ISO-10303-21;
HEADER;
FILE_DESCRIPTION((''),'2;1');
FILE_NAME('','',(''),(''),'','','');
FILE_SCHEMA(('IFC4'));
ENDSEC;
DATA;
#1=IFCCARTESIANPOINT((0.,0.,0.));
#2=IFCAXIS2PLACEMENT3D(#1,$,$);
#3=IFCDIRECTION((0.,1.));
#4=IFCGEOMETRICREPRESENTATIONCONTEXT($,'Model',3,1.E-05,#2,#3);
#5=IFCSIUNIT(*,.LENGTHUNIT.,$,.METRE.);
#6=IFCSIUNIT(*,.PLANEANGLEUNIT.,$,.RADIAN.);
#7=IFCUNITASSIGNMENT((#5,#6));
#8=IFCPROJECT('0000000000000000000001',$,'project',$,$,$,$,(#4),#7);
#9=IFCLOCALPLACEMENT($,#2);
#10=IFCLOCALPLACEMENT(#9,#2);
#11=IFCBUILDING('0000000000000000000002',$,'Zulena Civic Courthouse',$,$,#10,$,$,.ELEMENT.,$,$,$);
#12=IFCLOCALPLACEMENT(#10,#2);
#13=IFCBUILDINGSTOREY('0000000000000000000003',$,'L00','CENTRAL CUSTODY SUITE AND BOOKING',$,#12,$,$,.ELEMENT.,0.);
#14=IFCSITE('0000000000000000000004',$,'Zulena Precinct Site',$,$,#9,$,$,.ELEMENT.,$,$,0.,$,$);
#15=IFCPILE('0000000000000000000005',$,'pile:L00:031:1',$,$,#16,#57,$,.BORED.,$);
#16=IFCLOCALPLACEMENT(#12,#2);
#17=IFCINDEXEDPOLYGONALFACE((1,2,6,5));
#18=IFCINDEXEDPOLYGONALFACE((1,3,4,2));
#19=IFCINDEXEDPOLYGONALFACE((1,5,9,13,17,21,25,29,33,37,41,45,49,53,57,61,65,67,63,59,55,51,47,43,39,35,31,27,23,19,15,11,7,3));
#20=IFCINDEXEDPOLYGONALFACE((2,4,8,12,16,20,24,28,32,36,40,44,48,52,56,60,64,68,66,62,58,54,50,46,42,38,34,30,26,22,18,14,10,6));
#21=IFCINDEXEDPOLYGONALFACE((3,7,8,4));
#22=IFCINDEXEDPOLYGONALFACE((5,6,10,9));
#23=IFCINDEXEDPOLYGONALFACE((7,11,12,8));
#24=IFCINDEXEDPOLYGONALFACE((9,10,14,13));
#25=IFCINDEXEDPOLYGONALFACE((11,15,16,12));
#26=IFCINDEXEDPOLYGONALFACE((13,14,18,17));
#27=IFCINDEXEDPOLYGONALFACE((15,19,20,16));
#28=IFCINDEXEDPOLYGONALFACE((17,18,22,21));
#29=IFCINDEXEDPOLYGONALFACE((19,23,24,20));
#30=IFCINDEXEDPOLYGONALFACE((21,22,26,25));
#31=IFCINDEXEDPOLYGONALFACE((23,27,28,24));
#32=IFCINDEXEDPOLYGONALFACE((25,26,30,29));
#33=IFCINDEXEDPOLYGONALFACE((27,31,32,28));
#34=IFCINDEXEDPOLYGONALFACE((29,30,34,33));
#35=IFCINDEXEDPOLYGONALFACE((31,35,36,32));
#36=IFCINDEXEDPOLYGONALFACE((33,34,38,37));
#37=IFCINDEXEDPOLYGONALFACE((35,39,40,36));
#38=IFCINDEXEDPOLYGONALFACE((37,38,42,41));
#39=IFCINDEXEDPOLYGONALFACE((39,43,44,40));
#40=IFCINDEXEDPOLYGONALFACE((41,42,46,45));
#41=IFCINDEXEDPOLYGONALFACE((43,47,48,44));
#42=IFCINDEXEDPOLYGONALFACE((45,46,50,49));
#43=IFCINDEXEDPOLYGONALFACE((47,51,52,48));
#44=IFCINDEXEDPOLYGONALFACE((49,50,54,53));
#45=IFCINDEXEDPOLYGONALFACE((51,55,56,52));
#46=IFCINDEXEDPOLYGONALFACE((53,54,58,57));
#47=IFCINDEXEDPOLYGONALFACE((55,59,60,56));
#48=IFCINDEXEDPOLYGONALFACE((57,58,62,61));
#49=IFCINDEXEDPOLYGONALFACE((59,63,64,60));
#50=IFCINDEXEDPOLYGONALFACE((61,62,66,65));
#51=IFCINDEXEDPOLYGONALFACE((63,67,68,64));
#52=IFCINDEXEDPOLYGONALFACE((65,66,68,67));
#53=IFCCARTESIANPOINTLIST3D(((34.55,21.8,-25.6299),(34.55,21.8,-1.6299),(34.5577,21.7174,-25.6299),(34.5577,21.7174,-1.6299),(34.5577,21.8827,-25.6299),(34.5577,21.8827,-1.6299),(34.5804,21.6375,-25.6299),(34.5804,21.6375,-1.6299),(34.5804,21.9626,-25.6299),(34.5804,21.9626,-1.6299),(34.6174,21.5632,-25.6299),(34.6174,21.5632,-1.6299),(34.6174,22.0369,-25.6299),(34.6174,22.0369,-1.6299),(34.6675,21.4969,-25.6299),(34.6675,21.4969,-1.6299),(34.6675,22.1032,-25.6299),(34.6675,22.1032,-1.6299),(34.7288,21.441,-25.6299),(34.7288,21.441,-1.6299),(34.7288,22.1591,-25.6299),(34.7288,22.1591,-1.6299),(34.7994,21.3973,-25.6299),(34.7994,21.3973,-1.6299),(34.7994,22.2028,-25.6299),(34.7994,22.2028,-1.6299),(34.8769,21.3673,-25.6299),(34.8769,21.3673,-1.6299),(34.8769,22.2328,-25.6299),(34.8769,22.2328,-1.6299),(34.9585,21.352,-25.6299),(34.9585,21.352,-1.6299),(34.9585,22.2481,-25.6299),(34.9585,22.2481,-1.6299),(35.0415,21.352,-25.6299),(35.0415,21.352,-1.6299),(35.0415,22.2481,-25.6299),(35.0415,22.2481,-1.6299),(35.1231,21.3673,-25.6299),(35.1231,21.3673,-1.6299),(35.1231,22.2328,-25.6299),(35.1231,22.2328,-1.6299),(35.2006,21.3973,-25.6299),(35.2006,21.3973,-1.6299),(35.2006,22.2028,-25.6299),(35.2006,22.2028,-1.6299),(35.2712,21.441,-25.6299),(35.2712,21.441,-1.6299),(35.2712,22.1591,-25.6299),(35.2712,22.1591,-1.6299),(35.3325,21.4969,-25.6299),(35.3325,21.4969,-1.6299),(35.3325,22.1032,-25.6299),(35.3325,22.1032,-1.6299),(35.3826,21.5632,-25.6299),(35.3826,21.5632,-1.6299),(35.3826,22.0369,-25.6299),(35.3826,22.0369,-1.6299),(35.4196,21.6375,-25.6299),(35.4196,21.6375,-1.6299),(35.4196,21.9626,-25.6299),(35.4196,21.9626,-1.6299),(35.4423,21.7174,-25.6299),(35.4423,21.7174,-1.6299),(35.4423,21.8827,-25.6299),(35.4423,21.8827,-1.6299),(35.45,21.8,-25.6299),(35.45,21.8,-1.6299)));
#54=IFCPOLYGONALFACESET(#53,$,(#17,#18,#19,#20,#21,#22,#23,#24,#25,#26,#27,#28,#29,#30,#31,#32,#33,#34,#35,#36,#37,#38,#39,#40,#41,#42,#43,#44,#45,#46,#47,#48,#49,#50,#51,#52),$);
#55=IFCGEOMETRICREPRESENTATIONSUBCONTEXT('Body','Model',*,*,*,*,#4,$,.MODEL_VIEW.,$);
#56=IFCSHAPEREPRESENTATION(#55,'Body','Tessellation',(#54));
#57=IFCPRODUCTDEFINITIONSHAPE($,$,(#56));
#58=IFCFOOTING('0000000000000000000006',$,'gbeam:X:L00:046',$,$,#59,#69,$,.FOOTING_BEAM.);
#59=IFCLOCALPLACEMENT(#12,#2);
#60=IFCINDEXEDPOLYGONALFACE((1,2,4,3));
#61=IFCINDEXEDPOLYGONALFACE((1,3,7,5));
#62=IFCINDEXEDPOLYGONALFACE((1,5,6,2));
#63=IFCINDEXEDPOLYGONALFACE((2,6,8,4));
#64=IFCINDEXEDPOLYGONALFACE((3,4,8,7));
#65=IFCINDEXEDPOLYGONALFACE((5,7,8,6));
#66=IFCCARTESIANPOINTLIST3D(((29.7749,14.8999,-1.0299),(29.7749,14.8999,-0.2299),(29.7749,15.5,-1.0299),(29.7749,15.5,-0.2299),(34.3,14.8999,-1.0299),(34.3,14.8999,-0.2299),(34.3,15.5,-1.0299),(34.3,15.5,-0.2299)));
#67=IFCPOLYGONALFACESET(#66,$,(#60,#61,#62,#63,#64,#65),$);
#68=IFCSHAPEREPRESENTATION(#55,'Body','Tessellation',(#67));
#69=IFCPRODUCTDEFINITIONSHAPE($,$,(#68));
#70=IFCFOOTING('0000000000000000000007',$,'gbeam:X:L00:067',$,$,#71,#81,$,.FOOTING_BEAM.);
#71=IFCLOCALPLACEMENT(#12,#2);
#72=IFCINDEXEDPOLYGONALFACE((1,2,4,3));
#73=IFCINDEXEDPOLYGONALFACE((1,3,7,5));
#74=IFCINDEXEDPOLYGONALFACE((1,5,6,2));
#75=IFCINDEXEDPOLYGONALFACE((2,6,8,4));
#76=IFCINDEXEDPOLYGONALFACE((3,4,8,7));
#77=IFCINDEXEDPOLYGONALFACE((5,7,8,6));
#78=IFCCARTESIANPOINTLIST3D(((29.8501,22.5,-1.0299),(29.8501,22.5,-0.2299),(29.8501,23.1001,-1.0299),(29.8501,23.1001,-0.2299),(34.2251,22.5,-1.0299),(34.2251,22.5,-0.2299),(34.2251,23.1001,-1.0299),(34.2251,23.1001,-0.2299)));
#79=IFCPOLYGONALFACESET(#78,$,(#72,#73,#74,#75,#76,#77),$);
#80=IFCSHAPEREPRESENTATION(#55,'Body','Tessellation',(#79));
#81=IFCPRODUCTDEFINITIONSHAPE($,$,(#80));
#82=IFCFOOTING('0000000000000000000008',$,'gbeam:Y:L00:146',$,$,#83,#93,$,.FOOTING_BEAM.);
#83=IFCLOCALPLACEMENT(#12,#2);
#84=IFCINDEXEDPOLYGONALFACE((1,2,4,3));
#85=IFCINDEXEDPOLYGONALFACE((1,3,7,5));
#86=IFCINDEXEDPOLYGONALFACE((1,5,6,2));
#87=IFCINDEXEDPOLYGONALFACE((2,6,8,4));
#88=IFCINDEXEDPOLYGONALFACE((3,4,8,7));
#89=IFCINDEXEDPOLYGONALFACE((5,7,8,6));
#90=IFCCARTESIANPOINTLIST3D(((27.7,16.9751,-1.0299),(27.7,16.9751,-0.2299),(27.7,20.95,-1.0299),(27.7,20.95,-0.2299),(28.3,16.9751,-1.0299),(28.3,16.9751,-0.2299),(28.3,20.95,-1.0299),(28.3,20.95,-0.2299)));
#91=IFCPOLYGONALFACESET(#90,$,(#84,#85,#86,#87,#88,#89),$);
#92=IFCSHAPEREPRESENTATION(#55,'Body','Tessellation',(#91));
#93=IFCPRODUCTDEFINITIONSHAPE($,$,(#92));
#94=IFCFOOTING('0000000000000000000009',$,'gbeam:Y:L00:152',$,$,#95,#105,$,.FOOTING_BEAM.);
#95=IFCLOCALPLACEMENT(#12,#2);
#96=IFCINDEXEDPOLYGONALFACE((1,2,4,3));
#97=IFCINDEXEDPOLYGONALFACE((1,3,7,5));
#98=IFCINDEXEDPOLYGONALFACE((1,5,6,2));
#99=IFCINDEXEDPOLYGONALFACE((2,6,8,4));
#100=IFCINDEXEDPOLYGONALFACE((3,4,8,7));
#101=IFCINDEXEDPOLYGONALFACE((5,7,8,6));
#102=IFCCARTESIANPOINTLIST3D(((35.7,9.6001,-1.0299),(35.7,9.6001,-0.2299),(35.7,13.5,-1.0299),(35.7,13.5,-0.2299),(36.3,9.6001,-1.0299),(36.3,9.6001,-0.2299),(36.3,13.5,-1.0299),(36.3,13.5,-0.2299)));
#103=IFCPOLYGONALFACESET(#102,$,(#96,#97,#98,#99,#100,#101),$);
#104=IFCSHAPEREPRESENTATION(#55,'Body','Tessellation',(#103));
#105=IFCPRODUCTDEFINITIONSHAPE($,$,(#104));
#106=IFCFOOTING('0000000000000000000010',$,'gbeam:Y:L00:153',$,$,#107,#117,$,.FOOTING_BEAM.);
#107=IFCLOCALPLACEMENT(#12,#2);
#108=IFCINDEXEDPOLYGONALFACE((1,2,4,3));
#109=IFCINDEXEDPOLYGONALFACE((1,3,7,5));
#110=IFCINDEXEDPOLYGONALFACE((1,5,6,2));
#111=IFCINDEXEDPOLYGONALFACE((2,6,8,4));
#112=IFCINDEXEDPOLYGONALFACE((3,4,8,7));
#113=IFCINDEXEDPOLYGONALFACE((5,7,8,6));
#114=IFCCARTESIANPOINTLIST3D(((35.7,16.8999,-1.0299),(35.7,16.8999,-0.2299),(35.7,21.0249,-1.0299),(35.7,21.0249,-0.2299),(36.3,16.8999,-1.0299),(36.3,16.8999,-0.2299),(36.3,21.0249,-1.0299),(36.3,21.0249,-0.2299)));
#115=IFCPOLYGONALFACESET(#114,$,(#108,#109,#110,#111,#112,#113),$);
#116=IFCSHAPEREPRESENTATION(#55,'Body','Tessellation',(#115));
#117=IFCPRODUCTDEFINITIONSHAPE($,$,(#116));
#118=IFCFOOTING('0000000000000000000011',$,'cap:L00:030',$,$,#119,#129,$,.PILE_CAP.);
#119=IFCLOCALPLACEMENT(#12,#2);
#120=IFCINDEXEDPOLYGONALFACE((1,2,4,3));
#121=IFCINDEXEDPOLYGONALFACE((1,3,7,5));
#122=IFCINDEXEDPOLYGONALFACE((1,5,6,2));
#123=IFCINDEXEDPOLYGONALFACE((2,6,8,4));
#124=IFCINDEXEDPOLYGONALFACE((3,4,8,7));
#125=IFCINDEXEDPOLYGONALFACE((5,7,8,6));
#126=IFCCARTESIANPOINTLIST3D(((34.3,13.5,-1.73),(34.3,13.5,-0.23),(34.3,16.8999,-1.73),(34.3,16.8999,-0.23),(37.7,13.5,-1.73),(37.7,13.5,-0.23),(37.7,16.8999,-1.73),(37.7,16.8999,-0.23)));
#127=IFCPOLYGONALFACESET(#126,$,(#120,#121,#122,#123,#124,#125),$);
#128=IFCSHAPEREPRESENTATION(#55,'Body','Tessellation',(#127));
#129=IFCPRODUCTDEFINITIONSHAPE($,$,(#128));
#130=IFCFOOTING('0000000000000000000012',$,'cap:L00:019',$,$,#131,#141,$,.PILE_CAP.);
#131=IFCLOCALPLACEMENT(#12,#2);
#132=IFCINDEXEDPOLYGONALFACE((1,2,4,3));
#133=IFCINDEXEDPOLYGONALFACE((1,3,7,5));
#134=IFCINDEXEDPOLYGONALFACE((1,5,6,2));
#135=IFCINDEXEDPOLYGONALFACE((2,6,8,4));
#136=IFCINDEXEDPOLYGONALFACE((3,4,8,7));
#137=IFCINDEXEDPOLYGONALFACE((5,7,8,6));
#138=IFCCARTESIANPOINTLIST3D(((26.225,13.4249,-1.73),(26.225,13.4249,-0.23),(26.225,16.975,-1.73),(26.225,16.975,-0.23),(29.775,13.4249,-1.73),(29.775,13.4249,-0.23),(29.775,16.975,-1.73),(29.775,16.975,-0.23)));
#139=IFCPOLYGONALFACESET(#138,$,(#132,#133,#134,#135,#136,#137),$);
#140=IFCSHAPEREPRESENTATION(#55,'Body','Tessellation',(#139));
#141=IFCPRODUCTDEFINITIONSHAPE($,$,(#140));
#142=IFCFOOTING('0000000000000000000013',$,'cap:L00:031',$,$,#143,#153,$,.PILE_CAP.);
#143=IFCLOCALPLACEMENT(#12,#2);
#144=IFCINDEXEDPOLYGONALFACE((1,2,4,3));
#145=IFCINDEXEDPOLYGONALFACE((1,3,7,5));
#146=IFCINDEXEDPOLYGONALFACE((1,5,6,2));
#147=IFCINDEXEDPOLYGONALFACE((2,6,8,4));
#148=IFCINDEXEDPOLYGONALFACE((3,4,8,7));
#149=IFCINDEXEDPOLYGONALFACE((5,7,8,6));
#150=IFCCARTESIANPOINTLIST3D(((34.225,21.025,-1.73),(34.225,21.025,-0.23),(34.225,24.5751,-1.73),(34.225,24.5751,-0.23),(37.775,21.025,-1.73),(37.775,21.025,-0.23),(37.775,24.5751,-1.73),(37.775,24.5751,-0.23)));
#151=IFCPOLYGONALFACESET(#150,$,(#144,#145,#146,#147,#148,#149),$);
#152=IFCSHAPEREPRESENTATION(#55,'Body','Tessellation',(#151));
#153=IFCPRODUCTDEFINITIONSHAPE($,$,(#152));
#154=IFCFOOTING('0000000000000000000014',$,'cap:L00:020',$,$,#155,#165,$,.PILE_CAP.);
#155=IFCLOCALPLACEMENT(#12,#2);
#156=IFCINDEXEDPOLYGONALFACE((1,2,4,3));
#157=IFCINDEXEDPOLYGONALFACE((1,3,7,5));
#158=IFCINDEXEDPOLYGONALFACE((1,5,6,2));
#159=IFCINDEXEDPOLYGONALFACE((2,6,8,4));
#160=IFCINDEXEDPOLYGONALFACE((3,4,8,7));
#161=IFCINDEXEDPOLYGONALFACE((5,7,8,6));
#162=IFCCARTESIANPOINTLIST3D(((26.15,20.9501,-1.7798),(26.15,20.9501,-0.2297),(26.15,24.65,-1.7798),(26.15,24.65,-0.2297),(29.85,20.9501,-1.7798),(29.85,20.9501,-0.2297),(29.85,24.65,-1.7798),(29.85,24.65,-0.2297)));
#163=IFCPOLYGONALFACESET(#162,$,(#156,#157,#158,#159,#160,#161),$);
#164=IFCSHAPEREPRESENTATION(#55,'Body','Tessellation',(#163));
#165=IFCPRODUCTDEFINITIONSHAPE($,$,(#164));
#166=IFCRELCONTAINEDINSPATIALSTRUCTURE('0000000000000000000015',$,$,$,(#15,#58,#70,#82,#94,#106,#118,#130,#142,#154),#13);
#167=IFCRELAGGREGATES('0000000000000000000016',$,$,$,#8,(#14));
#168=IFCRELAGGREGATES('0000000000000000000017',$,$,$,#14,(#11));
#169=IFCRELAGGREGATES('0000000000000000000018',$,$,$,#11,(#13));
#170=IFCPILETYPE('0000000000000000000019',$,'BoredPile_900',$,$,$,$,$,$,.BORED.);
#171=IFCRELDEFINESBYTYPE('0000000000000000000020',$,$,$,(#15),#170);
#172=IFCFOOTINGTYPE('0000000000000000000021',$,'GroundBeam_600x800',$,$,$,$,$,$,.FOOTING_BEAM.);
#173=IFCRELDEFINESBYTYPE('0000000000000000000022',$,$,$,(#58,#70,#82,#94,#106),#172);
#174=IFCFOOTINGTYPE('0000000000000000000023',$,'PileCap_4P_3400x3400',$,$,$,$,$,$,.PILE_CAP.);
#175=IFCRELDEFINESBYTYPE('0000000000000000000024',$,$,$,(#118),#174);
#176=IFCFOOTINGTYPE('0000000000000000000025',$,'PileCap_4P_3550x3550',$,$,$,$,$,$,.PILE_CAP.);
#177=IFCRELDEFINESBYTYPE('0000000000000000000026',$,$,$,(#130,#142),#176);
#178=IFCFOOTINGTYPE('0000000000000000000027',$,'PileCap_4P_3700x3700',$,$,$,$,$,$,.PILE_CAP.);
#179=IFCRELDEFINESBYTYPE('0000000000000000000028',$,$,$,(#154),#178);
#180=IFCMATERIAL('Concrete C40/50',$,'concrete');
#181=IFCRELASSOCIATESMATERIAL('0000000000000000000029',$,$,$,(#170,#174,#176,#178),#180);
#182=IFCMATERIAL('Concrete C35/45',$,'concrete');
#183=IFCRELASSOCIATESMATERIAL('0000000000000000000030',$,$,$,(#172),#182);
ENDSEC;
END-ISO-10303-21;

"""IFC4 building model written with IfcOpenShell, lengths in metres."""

from ifc_helpers import new_model, si_unit, direction, frame, origin, origin_2d, place, context, subcontext, project, spatial, rectangle, circle, extrude, material, material_profile, profile_set, type_object, element, save


model = new_model("IFC4")

# Units and contexts
model_context = context("Model", 3, precision=1e-05, world=origin(), true_north=direction((0.0, 1.0)))
body_context = subcontext(model_context, "Body", "Model", "MODEL_VIEW")
ifc_project = project(units=[si_unit("LENGTHUNIT", "METRE"), si_unit("PLANEANGLEUNIT", "RADIAN")], contexts=[model_context])

# Site, building, storey
site_placement = place(None, origin())
site = spatial("IfcSite", under=ifc_project, at=site_placement, Name="Zulena Precinct Site", CompositionType="ELEMENT", RefElevation=0.0)
building_placement = place(site_placement, origin())
building = spatial("IfcBuilding", under=site, at=building_placement, Name="Zulena Civic Courthouse", CompositionType="ELEMENT")
storey_placement = place(building_placement, origin())
storey = spatial("IfcBuildingStorey", under=building, at=storey_placement, Name="L00", Description="CENTRAL CUSTODY SUITE AND BOOKING", CompositionType="ELEMENT", Elevation=0.0)

# Pile
ifc_material_1 = material(Name="Concrete C40/50", Category="concrete")
ifc_material_profile_1 = material_profile(ifc_material_1, circle(Radius=0.45, at=origin_2d()), Name="PILE900")
ifc_profile_set_1 = profile_set([ifc_material_profile_1], Name="Concrete C40/50")
pile_type = type_object("IfcPileType", Name="BoredPile_900", PredefinedType="BORED", material=ifc_profile_set_1)
for number, where, z_axis, x_axis, name in (
    (1, (35.0, 21.8, -1.6299), (0.0, 0.0, -1.0), (1.0, 0.0, 0.0), "pile:L00:031:1"),
):
    element("IfcPile", number, at=place(storey_placement, frame(where, z_axis=z_axis, x_axis=x_axis)), inside=storey, type_object=pile_type, Name=name, PredefinedType="BORED", context=body_context, shape_type="SweptSolid", body=[
        extrude(circle(Radius=0.45, at=origin_2d()), origin(), (0.0, 0.0, 1.0), 24.0),
    ])

# Footings
ifc_material_2 = material(Name="Concrete C35/45", Category="concrete")
ifc_material_profile_2 = material_profile(ifc_material_2, rectangle(XDim=0.6001, YDim=0.8, at=origin_2d()), Name="RC600X800")
ifc_profile_set_2 = profile_set([ifc_material_profile_2], Name="Concrete C35/45")
footing_type_1 = type_object("IfcFootingType", Name="GroundBeam_600x800", PredefinedType="FOOTING_BEAM", material=ifc_profile_set_2)
footing_1_placement = place(storey_placement, frame((29.7749, 15.2, -0.6299), z_axis=(1.0, 0.0, 0.0), x_axis=(0.0, 1.0, 0.0)))
element("IfcFooting", 2, at=footing_1_placement, inside=storey, type_object=footing_type_1, Name="gbeam:X:L00:046", PredefinedType="FOOTING_BEAM", context=body_context, shape_type="SweptSolid", body=[
    extrude(rectangle(XDim=0.6001, YDim=0.8, at=origin_2d()), origin(), (0.0, 0.0, 1.0), 4.5251),
])
footing_2_placement = place(storey_placement, frame((29.8501, 22.8, -0.6299), z_axis=(1.0, 0.0, 0.0), x_axis=(0.0, 1.0, 0.0)))
element("IfcFooting", 3, at=footing_2_placement, inside=storey, type_object=footing_type_1, Name="gbeam:X:L00:067", PredefinedType="FOOTING_BEAM", context=body_context, shape_type="SweptSolid", body=[
    extrude(rectangle(XDim=0.6001, YDim=0.8, at=origin_2d()), origin(), (0.0, 0.0, 1.0), 4.375),
])
footing_3_placement = place(storey_placement, frame((28.0, 16.9751, -0.6299), z_axis=(0.0, 1.0, 0.0), x_axis=(-1.0, 0.0, 0.0)))
element("IfcFooting", 4, at=footing_3_placement, inside=storey, type_object=footing_type_1, Name="gbeam:Y:L00:146", PredefinedType="FOOTING_BEAM", context=body_context, shape_type="SweptSolid", body=[
    extrude(rectangle(XDim=0.6001, YDim=0.8, at=origin_2d()), origin(), (0.0, 0.0, 1.0), 3.9749),
])
footing_4_placement = place(storey_placement, frame((36.0, 9.6001, -0.6299), z_axis=(0.0, 1.0, 0.0), x_axis=(-1.0, 0.0, 0.0)))
element("IfcFooting", 5, at=footing_4_placement, inside=storey, type_object=footing_type_1, Name="gbeam:Y:L00:152", PredefinedType="FOOTING_BEAM", context=body_context, shape_type="SweptSolid", body=[
    extrude(rectangle(XDim=0.6001, YDim=0.8, at=origin_2d()), origin(), (0.0, 0.0, 1.0), 3.8999),
])
footing_5_placement = place(storey_placement, frame((36.0, 16.8999, -0.6299), z_axis=(0.0, 1.0, 0.0), x_axis=(-1.0, 0.0, 0.0)))
element("IfcFooting", 6, at=footing_5_placement, inside=storey, type_object=footing_type_1, Name="gbeam:Y:L00:153", PredefinedType="FOOTING_BEAM", context=body_context, shape_type="SweptSolid", body=[
    extrude(rectangle(XDim=0.6001, YDim=0.8, at=origin_2d()), origin(), (0.0, 0.0, 1.0), 4.125),
])
footing_type_2 = type_object("IfcFootingType", Name="PileCap_4P_3400x3400", PredefinedType="PILE_CAP", material=ifc_material_1)
footing_6_placement = place(storey_placement, frame((36.0, 15.2, -1.73), z_axis=(0.0, 0.0, 1.0), x_axis=(1.0, 0.0, 0.0)))
element("IfcFooting", 7, at=footing_6_placement, inside=storey, type_object=footing_type_2, Name="cap:L00:030", PredefinedType="PILE_CAP", context=body_context, shape_type="SweptSolid", body=[
    extrude(rectangle(XDim=3.3999, YDim=3.3999, at=origin_2d()), origin(), (0.0, 0.0, 1.0), 1.5),
])
footing_type_3 = type_object("IfcFootingType", Name="PileCap_4P_3550x3550", PredefinedType="PILE_CAP", material=ifc_material_1)
for number, where, z_axis, x_axis, name in (
    (8, (28.0, 15.2, -1.73), (0.0, 0.0, 1.0), (1.0, 0.0, 0.0), "cap:L00:019"),
    (9, (36.0, 22.8, -1.73), (0.0, 0.0, 1.0), (1.0, 0.0, 0.0), "cap:L00:031"),
):
    element("IfcFooting", number, at=place(storey_placement, frame(where, z_axis=z_axis, x_axis=x_axis)), inside=storey, type_object=footing_type_3, Name=name, PredefinedType="PILE_CAP", context=body_context, shape_type="SweptSolid", body=[
        extrude(rectangle(XDim=3.55, YDim=3.55, at=origin_2d()), origin(), (0.0, 0.0, 1.0), 1.5),
    ])
footing_type_4 = type_object("IfcFootingType", Name="PileCap_4P_3700x3700", PredefinedType="PILE_CAP", material=ifc_material_1)
footing_7_placement = place(storey_placement, frame((28.0, 22.8, -1.7798), z_axis=(0.0, 0.0, 1.0), x_axis=(1.0, 0.0, 0.0)))
element("IfcFooting", 10, at=footing_7_placement, inside=storey, type_object=footing_type_4, Name="cap:L00:020", PredefinedType="PILE_CAP", context=body_context, shape_type="SweptSolid", body=[
    extrude(rectangle(XDim=3.7, YDim=3.7, at=origin_2d()), origin(), (0.0, 0.0, 1.0), 1.55),
])

save(model, "model.ifc")
